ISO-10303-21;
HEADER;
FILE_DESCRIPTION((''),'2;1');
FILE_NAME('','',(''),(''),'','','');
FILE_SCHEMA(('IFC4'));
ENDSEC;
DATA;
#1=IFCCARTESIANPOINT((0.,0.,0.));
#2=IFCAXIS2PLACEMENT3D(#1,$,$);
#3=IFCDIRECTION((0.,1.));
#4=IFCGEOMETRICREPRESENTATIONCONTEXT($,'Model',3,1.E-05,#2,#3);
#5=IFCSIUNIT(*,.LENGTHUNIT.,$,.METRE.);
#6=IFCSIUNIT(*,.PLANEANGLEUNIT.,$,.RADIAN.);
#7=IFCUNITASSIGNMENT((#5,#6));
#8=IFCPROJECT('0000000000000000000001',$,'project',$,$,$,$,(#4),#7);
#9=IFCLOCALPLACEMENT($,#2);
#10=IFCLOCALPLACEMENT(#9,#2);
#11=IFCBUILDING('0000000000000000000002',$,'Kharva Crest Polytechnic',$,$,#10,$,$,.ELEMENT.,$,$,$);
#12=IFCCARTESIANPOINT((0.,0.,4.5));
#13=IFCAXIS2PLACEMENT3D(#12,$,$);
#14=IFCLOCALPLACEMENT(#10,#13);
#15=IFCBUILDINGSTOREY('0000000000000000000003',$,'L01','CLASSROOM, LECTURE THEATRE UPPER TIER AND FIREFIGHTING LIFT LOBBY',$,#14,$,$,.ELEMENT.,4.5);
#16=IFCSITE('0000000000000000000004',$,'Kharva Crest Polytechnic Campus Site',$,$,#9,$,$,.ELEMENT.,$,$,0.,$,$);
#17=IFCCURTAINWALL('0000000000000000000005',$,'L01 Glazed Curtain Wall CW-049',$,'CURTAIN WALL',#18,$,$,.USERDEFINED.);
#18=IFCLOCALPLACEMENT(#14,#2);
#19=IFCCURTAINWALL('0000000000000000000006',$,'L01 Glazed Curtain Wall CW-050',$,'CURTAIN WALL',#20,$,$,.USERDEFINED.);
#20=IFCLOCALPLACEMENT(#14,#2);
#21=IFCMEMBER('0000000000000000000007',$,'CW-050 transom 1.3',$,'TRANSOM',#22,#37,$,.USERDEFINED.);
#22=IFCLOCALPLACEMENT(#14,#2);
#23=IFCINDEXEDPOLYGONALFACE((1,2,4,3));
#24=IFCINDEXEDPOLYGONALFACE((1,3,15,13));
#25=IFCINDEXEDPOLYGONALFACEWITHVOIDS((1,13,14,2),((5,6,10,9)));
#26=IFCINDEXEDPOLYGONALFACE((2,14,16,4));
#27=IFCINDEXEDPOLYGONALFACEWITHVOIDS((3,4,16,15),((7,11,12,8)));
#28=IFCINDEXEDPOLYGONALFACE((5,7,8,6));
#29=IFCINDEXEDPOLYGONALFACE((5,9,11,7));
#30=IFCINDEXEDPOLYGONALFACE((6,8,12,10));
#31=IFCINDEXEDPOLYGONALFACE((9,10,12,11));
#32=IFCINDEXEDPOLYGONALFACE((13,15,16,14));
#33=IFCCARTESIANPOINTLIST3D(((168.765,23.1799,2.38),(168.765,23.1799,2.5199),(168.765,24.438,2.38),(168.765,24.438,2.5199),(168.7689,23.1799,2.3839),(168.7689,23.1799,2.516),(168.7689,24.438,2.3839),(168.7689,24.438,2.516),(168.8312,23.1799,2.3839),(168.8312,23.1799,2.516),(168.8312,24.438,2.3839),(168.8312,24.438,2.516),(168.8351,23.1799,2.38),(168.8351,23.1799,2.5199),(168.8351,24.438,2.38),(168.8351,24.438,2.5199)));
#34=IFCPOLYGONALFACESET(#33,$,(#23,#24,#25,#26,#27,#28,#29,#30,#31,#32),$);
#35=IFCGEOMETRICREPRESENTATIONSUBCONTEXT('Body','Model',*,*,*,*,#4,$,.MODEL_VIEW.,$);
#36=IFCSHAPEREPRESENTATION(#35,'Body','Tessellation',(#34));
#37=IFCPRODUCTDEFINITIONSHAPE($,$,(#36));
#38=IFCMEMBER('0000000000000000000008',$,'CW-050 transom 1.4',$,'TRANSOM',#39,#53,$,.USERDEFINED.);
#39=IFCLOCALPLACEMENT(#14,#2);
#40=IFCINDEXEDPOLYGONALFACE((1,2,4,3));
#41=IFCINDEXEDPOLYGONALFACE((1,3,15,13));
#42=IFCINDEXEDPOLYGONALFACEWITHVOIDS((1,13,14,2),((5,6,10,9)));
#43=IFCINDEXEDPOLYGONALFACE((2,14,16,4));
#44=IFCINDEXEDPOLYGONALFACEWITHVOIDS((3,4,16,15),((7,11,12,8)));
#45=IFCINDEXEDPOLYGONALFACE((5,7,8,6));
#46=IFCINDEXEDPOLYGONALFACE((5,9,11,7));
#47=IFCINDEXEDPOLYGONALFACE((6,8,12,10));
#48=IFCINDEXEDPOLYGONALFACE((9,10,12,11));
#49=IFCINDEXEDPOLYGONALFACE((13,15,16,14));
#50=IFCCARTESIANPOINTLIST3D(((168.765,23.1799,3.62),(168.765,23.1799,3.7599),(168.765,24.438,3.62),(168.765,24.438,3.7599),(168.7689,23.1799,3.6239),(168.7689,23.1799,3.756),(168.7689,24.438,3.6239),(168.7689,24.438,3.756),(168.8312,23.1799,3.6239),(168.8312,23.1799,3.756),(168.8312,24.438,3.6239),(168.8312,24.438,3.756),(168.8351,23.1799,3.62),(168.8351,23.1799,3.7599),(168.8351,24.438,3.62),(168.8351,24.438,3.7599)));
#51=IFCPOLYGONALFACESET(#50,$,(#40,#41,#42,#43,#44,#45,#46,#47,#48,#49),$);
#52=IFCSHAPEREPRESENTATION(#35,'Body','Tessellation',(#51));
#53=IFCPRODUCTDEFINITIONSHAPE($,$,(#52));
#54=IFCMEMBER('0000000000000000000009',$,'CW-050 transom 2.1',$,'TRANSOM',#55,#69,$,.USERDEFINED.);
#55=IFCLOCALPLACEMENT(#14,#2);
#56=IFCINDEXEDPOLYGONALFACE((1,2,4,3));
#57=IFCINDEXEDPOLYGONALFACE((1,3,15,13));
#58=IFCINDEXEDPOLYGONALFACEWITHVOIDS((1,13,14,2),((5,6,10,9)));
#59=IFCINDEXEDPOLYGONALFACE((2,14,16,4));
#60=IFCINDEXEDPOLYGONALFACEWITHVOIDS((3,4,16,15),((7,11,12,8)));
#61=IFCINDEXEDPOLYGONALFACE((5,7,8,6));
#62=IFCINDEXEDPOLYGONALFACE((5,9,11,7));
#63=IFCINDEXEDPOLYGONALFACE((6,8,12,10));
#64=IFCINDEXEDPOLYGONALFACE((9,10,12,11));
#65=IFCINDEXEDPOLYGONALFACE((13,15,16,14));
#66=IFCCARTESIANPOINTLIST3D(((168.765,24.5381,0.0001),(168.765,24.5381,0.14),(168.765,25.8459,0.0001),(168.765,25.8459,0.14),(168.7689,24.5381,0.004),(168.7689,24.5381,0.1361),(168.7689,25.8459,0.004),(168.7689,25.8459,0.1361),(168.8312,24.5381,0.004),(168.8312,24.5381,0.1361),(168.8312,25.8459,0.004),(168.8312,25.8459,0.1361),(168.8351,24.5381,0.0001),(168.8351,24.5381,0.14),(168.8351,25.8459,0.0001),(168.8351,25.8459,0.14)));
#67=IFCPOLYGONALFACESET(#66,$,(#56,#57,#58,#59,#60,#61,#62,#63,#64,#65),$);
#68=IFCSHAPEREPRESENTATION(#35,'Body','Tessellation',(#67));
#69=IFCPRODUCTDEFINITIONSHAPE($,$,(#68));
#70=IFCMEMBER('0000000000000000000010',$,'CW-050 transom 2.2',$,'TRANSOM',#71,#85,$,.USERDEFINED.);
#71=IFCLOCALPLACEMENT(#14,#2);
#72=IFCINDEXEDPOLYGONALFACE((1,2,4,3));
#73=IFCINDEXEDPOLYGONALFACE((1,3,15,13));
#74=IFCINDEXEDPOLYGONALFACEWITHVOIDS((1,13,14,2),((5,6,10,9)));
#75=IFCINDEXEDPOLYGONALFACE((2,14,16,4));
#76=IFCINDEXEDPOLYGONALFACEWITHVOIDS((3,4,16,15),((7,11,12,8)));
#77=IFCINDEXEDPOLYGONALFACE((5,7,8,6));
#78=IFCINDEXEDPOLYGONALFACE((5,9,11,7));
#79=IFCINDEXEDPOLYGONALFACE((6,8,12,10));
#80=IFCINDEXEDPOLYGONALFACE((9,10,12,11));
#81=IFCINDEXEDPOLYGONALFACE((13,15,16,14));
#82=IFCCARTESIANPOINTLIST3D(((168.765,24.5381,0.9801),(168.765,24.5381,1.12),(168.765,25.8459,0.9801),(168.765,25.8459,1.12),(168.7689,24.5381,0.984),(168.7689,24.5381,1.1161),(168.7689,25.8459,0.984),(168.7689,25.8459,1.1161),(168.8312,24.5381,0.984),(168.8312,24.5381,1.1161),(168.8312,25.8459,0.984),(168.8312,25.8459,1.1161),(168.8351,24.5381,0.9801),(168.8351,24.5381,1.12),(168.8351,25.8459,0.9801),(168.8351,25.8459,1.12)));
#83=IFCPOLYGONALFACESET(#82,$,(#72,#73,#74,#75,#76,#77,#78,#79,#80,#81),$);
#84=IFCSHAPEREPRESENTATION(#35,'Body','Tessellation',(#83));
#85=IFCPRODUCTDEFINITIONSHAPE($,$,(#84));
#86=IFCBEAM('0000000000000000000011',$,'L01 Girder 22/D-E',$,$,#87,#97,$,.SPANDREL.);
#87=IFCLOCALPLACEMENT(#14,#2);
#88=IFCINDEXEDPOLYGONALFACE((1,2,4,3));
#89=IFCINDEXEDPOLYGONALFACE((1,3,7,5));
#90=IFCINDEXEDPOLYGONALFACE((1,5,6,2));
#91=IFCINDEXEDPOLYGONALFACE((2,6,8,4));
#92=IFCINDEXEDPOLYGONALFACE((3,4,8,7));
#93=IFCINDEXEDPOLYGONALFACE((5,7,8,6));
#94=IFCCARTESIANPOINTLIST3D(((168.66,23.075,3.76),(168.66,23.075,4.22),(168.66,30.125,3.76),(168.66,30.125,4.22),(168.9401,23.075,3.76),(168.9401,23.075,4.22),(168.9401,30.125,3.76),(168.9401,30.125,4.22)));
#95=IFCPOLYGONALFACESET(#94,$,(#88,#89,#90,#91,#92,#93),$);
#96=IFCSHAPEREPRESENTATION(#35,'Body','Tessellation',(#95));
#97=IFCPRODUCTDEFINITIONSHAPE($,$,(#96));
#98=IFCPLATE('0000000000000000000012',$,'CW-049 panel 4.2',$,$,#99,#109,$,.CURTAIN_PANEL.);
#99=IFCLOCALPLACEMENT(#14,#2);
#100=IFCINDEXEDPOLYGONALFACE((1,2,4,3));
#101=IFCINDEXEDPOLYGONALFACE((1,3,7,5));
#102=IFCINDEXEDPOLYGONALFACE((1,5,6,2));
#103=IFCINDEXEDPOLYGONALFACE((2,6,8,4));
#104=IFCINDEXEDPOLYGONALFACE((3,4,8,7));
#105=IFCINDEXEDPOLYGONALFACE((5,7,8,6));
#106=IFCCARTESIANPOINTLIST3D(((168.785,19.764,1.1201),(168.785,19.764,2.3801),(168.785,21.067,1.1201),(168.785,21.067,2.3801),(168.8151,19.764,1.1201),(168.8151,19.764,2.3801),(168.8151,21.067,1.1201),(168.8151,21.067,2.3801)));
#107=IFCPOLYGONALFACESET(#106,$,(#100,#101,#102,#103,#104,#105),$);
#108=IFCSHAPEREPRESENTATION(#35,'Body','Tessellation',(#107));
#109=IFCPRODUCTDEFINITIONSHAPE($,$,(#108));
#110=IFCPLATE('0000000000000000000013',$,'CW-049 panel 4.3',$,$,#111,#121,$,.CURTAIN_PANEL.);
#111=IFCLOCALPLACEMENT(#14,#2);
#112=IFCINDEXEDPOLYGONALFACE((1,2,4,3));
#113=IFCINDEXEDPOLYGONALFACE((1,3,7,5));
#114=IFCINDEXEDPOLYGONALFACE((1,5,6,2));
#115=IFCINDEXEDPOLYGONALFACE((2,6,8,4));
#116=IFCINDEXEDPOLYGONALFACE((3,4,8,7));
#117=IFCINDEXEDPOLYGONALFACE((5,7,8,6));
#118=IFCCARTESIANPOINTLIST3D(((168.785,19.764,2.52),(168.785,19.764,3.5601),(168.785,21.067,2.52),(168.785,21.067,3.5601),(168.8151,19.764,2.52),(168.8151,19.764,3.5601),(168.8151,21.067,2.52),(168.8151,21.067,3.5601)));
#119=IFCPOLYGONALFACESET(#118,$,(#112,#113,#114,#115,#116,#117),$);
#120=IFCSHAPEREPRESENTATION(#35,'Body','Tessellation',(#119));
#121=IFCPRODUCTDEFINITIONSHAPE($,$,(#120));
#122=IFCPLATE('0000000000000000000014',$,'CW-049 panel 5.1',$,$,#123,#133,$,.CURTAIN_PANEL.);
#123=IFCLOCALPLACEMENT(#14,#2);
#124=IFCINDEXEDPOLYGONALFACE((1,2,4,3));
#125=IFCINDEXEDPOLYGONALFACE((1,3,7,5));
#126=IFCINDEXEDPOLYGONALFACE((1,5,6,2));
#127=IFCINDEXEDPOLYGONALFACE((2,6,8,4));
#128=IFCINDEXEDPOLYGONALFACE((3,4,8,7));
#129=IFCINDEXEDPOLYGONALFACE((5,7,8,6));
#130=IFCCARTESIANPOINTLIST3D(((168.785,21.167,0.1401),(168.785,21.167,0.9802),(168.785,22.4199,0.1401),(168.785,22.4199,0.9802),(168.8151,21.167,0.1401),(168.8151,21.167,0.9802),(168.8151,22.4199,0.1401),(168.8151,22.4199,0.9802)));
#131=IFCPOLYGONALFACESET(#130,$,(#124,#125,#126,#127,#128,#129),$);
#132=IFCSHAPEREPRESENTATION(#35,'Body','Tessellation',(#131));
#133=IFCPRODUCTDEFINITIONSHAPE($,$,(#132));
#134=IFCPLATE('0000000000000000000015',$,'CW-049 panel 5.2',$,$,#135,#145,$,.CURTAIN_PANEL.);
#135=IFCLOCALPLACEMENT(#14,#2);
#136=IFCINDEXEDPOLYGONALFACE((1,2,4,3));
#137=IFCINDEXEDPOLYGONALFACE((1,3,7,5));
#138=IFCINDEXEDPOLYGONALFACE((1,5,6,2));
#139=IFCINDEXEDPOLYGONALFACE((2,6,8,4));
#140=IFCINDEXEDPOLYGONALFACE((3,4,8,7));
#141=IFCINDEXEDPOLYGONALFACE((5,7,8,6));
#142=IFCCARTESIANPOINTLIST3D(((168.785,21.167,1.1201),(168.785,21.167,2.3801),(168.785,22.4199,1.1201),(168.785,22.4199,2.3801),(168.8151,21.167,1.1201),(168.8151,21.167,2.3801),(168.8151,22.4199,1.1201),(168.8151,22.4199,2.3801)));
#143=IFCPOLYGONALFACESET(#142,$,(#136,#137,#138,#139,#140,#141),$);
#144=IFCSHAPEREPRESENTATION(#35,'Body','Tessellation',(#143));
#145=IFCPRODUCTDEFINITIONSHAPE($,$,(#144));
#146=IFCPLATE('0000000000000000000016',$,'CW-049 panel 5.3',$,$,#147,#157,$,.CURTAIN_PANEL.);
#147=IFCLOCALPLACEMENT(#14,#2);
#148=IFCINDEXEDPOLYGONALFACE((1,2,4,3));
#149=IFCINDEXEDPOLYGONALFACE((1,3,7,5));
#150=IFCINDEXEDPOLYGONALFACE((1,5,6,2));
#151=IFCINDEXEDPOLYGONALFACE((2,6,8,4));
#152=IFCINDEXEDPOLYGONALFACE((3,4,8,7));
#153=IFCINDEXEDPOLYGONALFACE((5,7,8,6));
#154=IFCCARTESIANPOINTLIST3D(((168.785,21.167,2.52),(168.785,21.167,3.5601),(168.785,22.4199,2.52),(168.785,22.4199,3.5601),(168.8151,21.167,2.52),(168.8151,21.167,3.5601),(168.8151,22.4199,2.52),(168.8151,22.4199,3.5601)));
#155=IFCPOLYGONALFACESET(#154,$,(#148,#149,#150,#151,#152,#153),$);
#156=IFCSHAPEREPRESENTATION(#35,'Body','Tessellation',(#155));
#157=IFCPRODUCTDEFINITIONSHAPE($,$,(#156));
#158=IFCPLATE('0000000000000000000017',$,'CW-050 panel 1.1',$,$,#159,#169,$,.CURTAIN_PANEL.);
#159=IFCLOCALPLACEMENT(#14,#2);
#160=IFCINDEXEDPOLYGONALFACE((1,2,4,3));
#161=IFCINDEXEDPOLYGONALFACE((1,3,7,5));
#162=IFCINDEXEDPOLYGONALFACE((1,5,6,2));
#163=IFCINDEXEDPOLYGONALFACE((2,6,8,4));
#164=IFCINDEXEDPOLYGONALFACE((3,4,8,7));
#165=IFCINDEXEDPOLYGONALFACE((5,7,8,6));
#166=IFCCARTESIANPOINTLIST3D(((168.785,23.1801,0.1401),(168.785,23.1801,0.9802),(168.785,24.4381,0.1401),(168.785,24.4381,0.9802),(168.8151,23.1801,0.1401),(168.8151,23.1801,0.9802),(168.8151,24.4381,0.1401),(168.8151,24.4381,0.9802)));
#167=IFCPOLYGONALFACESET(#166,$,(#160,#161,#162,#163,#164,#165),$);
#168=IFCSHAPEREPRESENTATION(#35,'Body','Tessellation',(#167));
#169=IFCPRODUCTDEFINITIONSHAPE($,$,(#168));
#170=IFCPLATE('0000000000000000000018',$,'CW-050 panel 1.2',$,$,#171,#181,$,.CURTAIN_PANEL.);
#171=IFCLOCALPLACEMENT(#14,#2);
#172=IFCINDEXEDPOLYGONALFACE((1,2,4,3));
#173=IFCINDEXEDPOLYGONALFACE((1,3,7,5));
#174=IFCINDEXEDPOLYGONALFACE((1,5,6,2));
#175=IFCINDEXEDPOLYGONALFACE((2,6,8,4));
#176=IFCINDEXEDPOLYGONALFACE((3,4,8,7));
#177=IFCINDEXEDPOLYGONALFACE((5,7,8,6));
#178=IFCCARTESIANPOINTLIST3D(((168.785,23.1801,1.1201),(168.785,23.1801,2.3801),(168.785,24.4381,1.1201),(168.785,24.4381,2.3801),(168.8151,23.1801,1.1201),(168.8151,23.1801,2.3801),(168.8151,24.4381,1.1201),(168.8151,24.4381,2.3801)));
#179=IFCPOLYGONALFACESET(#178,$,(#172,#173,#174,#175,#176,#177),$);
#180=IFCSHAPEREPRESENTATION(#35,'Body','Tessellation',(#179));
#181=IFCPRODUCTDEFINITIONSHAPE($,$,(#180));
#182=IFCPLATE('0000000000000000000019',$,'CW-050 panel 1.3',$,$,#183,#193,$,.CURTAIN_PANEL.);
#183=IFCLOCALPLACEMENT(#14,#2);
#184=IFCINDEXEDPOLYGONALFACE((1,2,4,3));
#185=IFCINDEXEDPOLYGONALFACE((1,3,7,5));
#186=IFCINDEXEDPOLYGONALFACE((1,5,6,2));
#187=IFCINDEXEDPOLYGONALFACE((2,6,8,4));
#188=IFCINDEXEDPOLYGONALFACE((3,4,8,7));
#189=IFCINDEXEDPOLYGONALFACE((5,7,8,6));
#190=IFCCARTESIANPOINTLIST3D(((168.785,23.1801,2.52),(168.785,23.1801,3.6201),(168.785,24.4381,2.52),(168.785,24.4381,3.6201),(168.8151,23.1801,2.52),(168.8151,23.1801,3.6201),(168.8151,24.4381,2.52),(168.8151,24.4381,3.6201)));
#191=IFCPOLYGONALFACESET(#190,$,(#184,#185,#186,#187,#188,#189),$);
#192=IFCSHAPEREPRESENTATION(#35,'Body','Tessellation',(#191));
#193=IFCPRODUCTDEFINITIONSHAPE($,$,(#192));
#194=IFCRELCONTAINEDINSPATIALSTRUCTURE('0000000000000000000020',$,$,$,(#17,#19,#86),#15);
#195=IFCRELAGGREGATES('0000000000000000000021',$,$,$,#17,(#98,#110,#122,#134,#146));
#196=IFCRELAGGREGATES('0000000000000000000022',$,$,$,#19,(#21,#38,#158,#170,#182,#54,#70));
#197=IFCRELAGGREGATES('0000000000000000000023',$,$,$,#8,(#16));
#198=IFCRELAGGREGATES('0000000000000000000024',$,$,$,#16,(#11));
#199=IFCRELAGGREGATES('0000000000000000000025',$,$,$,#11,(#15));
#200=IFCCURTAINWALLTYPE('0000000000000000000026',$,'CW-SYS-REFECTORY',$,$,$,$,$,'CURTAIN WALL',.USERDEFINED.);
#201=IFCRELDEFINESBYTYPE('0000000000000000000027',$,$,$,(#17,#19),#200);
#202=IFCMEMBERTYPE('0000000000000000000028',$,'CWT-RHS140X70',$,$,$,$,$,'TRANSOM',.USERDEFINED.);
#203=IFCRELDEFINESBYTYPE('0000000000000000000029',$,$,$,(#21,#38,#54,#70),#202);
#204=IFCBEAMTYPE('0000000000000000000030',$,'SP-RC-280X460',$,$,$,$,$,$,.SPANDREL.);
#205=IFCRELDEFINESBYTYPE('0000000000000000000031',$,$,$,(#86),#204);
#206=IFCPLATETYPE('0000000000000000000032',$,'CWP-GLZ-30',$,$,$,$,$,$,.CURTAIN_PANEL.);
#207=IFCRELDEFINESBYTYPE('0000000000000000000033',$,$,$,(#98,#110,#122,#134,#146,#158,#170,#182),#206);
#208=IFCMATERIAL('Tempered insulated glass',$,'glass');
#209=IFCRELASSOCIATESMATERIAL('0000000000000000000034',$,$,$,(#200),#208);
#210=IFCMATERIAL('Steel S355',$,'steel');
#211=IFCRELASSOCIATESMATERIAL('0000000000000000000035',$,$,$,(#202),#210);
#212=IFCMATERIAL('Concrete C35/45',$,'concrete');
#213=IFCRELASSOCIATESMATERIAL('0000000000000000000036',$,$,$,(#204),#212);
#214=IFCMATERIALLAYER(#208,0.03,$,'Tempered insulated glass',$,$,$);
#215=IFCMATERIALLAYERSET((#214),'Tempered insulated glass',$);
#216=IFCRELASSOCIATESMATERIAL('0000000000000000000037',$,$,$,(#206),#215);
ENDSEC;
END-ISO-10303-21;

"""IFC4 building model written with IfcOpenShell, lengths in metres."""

from ifc_helpers import new_model, si_unit, direction, frame, origin, origin_2d, place, context, subcontext, project, spatial, rectangle, hollow_rectangle, extrude, material, layer, layer_set, material_profile, profile_set, type_object, element, aggregate, save


model = new_model("IFC4")

# Units and contexts
model_context = context("Model", 3, precision=1e-05, world=origin(), true_north=direction((0.0, 1.0)))
body_context = subcontext(model_context, "Body", "Model", "MODEL_VIEW")
ifc_project = project(units=[si_unit("LENGTHUNIT", "METRE"), si_unit("PLANEANGLEUNIT", "RADIAN")], contexts=[model_context])

# Site, building, storey
site_placement = place(None, origin())
site = spatial("IfcSite", under=ifc_project, at=site_placement, Name="Kharva Crest Polytechnic Campus Site", CompositionType="ELEMENT", RefElevation=0.0)
building_placement = place(site_placement, origin())
building = spatial("IfcBuilding", under=site, at=building_placement, Name="Kharva Crest Polytechnic", CompositionType="ELEMENT")
storey_placement = place(building_placement, frame((0.0, 0.0, 4.5)))
storey = spatial("IfcBuildingStorey", under=building, at=storey_placement, Name="L01", Description="CLASSROOM, LECTURE THEATRE UPPER TIER AND FIREFIGHTING LIFT LOBBY", CompositionType="ELEMENT", Elevation=4.5)

# Curtain walls
ifc_material_1 = material(Name="Tempered insulated glass", Category="glass")
curtain_wall_type = type_object("IfcCurtainWallType", Name="CW-SYS-REFECTORY", ElementType="CURTAIN WALL", PredefinedType="USERDEFINED", material=ifc_material_1)
curtain_wall_1_placement = place(storey_placement, origin())
curtain_wall_1 = element("IfcCurtainWall", 1, at=curtain_wall_1_placement, inside=storey, type_object=curtain_wall_type, Name="L01 Glazed Curtain Wall CW-049", ObjectType="CURTAIN WALL", PredefinedType="USERDEFINED")
ifc_material_2 = material(Name="Steel S355", Category="steel")
curtain_wall_2_placement = place(storey_placement, origin())
curtain_wall_2 = element("IfcCurtainWall", 2, at=curtain_wall_2_placement, inside=storey, type_object=curtain_wall_type, Name="L01 Glazed Curtain Wall CW-050", ObjectType="CURTAIN WALL", PredefinedType="USERDEFINED")

# Members
ifc_material_profile_1 = material_profile(ifc_material_2, hollow_rectangle(XDim=0.0701, YDim=0.1399, WallThickness=0.0039, at=origin_2d()), Name="RHS 140X70X4.0")
ifc_profile_set_1 = profile_set([ifc_material_profile_1], Name="Steel S355")
member_type_1 = type_object("IfcMemberType", Name="CWT-RHS140X70", ElementType="TRANSOM", PredefinedType="USERDEFINED", material=ifc_profile_set_1)
member_1_placement = place(storey_placement, frame((168.8, 23.1799, 2.45), z_axis=(0.0, 1.0, 0.0), x_axis=(-1.0, 0.0, 0.0)))
member_1 = element("IfcMember", 3, at=member_1_placement, type_object=member_type_1, Name="CW-050 transom 1.3", ObjectType="TRANSOM", PredefinedType="USERDEFINED", context=body_context, shape_type="SweptSolid", body=[
    extrude(hollow_rectangle(XDim=0.0701, YDim=0.1399, WallThickness=0.0039, at=origin_2d()), origin(), (0.0, 0.0, 1.0), 1.2581),
])
member_2_placement = place(storey_placement, frame((168.8, 23.1799, 3.6899), z_axis=(0.0, 1.0, 0.0), x_axis=(-1.0, 0.0, 0.0)))
member_2 = element("IfcMember", 4, at=member_2_placement, type_object=member_type_1, Name="CW-050 transom 1.4", ObjectType="TRANSOM", PredefinedType="USERDEFINED", context=body_context, shape_type="SweptSolid", body=[
    extrude(hollow_rectangle(XDim=0.0701, YDim=0.1399, WallThickness=0.0039, at=origin_2d()), origin(), (0.0, 0.0, 1.0), 1.2581),
])
member_3_placement = place(storey_placement, frame((168.8, 24.5381, 0.0701), z_axis=(0.0, 1.0, 0.0), x_axis=(-1.0, 0.0, 0.0)))
member_3 = element("IfcMember", 5, at=member_3_placement, type_object=member_type_1, Name="CW-050 transom 2.1", ObjectType="TRANSOM", PredefinedType="USERDEFINED", context=body_context, shape_type="SweptSolid", body=[
    extrude(hollow_rectangle(XDim=0.0701, YDim=0.1399, WallThickness=0.0039, at=origin_2d()), origin(), (0.0, 0.0, 1.0), 1.3079),
])
member_4_placement = place(storey_placement, frame((168.8, 24.5381, 1.05), z_axis=(0.0, 1.0, 0.0), x_axis=(-1.0, 0.0, 0.0)))
member_4 = element("IfcMember", 6, at=member_4_placement, type_object=member_type_1, Name="CW-050 transom 2.2", ObjectType="TRANSOM", PredefinedType="USERDEFINED", context=body_context, shape_type="SweptSolid", body=[
    extrude(hollow_rectangle(XDim=0.0701, YDim=0.1399, WallThickness=0.0039, at=origin_2d()), origin(), (0.0, 0.0, 1.0), 1.3079),
])

# Beam
ifc_material_3 = material(Name="Concrete C35/45", Category="concrete")
ifc_material_profile_2 = material_profile(ifc_material_3, rectangle(XDim=0.28, YDim=0.46, at=origin_2d()), Name="RECT 280 X 460")
ifc_profile_set_2 = profile_set([ifc_material_profile_2], Name="Concrete C35/45")
beam_type = type_object("IfcBeamType", Name="SP-RC-280X460", PredefinedType="SPANDREL", material=ifc_profile_set_2)
beam_placement = place(storey_placement, frame((168.8, 23.075, 3.99), z_axis=(0.0, 1.0, 0.0), x_axis=(-1.0, 0.0, 0.0)))
element("IfcBeam", 7, at=beam_placement, inside=storey, type_object=beam_type, Name="L01 Girder 22/D-E", PredefinedType="SPANDREL", context=body_context, shape_type="SweptSolid", body=[
    extrude(rectangle(XDim=0.28, YDim=0.46, at=origin_2d()), origin(), (0.0, 0.0, 1.0), 7.05),
])

# Plates
ifc_layer = layer(ifc_material_1, 0.03, Name="Tempered insulated glass")
ifc_layer_set = layer_set([ifc_layer], Name="Tempered insulated glass")
plate_type = type_object("IfcPlateType", Name="CWP-GLZ-30", PredefinedType="CURTAIN_PANEL", material=ifc_layer_set)
plate_1_placement = place(storey_placement, frame((168.8, 20.4155, 1.1201), z_axis=(0.0, 0.0, 1.0), x_axis=(0.0, 1.0, 0.0)))
plate_1 = element("IfcPlate", 8, at=plate_1_placement, type_object=plate_type, Name="CW-049 panel 4.2", PredefinedType="CURTAIN_PANEL", context=body_context, shape_type="SweptSolid", body=[
    extrude(rectangle(XDim=1.303, YDim=0.03, at=origin_2d()), origin(), (0.0, 0.0, 1.0), 1.26),
])
plate_2_placement = place(storey_placement, frame((168.8, 20.4155, 2.52), z_axis=(0.0, 0.0, 1.0), x_axis=(0.0, 1.0, 0.0)))
plate_2 = element("IfcPlate", 9, at=plate_2_placement, type_object=plate_type, Name="CW-049 panel 4.3", PredefinedType="CURTAIN_PANEL", context=body_context, shape_type="SweptSolid", body=[
    extrude(rectangle(XDim=1.303, YDim=0.03, at=origin_2d()), origin(), (0.0, 0.0, 1.0), 1.04),
])
plate_3_placement = place(storey_placement, frame((168.8, 21.7935, 0.1401), z_axis=(0.0, 0.0, 1.0), x_axis=(0.0, 1.0, 0.0)))
plate_3 = element("IfcPlate", 10, at=plate_3_placement, type_object=plate_type, Name="CW-049 panel 5.1", PredefinedType="CURTAIN_PANEL", context=body_context, shape_type="SweptSolid", body=[
    extrude(rectangle(XDim=1.2529, YDim=0.03, at=origin_2d()), origin(), (0.0, 0.0, 1.0), 0.8401),
])
plate_4_placement = place(storey_placement, frame((168.8, 21.7935, 1.1201), z_axis=(0.0, 0.0, 1.0), x_axis=(0.0, 1.0, 0.0)))
plate_4 = element("IfcPlate", 11, at=plate_4_placement, type_object=plate_type, Name="CW-049 panel 5.2", PredefinedType="CURTAIN_PANEL", context=body_context, shape_type="SweptSolid", body=[
    extrude(rectangle(XDim=1.2529, YDim=0.03, at=origin_2d()), origin(), (0.0, 0.0, 1.0), 1.26),
])
plate_5_placement = place(storey_placement, frame((168.8, 21.7935, 2.52), z_axis=(0.0, 0.0, 1.0), x_axis=(0.0, 1.0, 0.0)))
plate_5 = element("IfcPlate", 12, at=plate_5_placement, type_object=plate_type, Name="CW-049 panel 5.3", PredefinedType="CURTAIN_PANEL", context=body_context, shape_type="SweptSolid", body=[
    extrude(rectangle(XDim=1.2529, YDim=0.03, at=origin_2d()), origin(), (0.0, 0.0, 1.0), 1.04),
])
aggregate(curtain_wall_1, [plate_1, plate_2, plate_3, plate_4, plate_5])
plate_6_placement = place(storey_placement, frame((168.8, 23.8091, 0.1401), z_axis=(0.0, 0.0, 1.0), x_axis=(0.0, 1.0, 0.0)))
plate_6 = element("IfcPlate", 13, at=plate_6_placement, type_object=plate_type, Name="CW-050 panel 1.1", PredefinedType="CURTAIN_PANEL", context=body_context, shape_type="SweptSolid", body=[
    extrude(rectangle(XDim=1.2581, YDim=0.03, at=origin_2d()), origin(), (0.0, 0.0, 1.0), 0.8401),
])
plate_7_placement = place(storey_placement, frame((168.8, 23.8091, 1.1201), z_axis=(0.0, 0.0, 1.0), x_axis=(0.0, 1.0, 0.0)))
plate_7 = element("IfcPlate", 14, at=plate_7_placement, type_object=plate_type, Name="CW-050 panel 1.2", PredefinedType="CURTAIN_PANEL", context=body_context, shape_type="SweptSolid", body=[
    extrude(rectangle(XDim=1.2581, YDim=0.03, at=origin_2d()), origin(), (0.0, 0.0, 1.0), 1.26),
])
plate_8_placement = place(storey_placement, frame((168.8, 23.8091, 2.52), z_axis=(0.0, 0.0, 1.0), x_axis=(0.0, 1.0, 0.0)))
plate_8 = element("IfcPlate", 15, at=plate_8_placement, type_object=plate_type, Name="CW-050 panel 1.3", PredefinedType="CURTAIN_PANEL", context=body_context, shape_type="SweptSolid", body=[
    extrude(rectangle(XDim=1.2581, YDim=0.03, at=origin_2d()), origin(), (0.0, 0.0, 1.0), 1.1001),
])
aggregate(curtain_wall_2, [member_1, member_2, plate_6, plate_7, plate_8, member_3, member_4])

save(model, "model.ifc")
